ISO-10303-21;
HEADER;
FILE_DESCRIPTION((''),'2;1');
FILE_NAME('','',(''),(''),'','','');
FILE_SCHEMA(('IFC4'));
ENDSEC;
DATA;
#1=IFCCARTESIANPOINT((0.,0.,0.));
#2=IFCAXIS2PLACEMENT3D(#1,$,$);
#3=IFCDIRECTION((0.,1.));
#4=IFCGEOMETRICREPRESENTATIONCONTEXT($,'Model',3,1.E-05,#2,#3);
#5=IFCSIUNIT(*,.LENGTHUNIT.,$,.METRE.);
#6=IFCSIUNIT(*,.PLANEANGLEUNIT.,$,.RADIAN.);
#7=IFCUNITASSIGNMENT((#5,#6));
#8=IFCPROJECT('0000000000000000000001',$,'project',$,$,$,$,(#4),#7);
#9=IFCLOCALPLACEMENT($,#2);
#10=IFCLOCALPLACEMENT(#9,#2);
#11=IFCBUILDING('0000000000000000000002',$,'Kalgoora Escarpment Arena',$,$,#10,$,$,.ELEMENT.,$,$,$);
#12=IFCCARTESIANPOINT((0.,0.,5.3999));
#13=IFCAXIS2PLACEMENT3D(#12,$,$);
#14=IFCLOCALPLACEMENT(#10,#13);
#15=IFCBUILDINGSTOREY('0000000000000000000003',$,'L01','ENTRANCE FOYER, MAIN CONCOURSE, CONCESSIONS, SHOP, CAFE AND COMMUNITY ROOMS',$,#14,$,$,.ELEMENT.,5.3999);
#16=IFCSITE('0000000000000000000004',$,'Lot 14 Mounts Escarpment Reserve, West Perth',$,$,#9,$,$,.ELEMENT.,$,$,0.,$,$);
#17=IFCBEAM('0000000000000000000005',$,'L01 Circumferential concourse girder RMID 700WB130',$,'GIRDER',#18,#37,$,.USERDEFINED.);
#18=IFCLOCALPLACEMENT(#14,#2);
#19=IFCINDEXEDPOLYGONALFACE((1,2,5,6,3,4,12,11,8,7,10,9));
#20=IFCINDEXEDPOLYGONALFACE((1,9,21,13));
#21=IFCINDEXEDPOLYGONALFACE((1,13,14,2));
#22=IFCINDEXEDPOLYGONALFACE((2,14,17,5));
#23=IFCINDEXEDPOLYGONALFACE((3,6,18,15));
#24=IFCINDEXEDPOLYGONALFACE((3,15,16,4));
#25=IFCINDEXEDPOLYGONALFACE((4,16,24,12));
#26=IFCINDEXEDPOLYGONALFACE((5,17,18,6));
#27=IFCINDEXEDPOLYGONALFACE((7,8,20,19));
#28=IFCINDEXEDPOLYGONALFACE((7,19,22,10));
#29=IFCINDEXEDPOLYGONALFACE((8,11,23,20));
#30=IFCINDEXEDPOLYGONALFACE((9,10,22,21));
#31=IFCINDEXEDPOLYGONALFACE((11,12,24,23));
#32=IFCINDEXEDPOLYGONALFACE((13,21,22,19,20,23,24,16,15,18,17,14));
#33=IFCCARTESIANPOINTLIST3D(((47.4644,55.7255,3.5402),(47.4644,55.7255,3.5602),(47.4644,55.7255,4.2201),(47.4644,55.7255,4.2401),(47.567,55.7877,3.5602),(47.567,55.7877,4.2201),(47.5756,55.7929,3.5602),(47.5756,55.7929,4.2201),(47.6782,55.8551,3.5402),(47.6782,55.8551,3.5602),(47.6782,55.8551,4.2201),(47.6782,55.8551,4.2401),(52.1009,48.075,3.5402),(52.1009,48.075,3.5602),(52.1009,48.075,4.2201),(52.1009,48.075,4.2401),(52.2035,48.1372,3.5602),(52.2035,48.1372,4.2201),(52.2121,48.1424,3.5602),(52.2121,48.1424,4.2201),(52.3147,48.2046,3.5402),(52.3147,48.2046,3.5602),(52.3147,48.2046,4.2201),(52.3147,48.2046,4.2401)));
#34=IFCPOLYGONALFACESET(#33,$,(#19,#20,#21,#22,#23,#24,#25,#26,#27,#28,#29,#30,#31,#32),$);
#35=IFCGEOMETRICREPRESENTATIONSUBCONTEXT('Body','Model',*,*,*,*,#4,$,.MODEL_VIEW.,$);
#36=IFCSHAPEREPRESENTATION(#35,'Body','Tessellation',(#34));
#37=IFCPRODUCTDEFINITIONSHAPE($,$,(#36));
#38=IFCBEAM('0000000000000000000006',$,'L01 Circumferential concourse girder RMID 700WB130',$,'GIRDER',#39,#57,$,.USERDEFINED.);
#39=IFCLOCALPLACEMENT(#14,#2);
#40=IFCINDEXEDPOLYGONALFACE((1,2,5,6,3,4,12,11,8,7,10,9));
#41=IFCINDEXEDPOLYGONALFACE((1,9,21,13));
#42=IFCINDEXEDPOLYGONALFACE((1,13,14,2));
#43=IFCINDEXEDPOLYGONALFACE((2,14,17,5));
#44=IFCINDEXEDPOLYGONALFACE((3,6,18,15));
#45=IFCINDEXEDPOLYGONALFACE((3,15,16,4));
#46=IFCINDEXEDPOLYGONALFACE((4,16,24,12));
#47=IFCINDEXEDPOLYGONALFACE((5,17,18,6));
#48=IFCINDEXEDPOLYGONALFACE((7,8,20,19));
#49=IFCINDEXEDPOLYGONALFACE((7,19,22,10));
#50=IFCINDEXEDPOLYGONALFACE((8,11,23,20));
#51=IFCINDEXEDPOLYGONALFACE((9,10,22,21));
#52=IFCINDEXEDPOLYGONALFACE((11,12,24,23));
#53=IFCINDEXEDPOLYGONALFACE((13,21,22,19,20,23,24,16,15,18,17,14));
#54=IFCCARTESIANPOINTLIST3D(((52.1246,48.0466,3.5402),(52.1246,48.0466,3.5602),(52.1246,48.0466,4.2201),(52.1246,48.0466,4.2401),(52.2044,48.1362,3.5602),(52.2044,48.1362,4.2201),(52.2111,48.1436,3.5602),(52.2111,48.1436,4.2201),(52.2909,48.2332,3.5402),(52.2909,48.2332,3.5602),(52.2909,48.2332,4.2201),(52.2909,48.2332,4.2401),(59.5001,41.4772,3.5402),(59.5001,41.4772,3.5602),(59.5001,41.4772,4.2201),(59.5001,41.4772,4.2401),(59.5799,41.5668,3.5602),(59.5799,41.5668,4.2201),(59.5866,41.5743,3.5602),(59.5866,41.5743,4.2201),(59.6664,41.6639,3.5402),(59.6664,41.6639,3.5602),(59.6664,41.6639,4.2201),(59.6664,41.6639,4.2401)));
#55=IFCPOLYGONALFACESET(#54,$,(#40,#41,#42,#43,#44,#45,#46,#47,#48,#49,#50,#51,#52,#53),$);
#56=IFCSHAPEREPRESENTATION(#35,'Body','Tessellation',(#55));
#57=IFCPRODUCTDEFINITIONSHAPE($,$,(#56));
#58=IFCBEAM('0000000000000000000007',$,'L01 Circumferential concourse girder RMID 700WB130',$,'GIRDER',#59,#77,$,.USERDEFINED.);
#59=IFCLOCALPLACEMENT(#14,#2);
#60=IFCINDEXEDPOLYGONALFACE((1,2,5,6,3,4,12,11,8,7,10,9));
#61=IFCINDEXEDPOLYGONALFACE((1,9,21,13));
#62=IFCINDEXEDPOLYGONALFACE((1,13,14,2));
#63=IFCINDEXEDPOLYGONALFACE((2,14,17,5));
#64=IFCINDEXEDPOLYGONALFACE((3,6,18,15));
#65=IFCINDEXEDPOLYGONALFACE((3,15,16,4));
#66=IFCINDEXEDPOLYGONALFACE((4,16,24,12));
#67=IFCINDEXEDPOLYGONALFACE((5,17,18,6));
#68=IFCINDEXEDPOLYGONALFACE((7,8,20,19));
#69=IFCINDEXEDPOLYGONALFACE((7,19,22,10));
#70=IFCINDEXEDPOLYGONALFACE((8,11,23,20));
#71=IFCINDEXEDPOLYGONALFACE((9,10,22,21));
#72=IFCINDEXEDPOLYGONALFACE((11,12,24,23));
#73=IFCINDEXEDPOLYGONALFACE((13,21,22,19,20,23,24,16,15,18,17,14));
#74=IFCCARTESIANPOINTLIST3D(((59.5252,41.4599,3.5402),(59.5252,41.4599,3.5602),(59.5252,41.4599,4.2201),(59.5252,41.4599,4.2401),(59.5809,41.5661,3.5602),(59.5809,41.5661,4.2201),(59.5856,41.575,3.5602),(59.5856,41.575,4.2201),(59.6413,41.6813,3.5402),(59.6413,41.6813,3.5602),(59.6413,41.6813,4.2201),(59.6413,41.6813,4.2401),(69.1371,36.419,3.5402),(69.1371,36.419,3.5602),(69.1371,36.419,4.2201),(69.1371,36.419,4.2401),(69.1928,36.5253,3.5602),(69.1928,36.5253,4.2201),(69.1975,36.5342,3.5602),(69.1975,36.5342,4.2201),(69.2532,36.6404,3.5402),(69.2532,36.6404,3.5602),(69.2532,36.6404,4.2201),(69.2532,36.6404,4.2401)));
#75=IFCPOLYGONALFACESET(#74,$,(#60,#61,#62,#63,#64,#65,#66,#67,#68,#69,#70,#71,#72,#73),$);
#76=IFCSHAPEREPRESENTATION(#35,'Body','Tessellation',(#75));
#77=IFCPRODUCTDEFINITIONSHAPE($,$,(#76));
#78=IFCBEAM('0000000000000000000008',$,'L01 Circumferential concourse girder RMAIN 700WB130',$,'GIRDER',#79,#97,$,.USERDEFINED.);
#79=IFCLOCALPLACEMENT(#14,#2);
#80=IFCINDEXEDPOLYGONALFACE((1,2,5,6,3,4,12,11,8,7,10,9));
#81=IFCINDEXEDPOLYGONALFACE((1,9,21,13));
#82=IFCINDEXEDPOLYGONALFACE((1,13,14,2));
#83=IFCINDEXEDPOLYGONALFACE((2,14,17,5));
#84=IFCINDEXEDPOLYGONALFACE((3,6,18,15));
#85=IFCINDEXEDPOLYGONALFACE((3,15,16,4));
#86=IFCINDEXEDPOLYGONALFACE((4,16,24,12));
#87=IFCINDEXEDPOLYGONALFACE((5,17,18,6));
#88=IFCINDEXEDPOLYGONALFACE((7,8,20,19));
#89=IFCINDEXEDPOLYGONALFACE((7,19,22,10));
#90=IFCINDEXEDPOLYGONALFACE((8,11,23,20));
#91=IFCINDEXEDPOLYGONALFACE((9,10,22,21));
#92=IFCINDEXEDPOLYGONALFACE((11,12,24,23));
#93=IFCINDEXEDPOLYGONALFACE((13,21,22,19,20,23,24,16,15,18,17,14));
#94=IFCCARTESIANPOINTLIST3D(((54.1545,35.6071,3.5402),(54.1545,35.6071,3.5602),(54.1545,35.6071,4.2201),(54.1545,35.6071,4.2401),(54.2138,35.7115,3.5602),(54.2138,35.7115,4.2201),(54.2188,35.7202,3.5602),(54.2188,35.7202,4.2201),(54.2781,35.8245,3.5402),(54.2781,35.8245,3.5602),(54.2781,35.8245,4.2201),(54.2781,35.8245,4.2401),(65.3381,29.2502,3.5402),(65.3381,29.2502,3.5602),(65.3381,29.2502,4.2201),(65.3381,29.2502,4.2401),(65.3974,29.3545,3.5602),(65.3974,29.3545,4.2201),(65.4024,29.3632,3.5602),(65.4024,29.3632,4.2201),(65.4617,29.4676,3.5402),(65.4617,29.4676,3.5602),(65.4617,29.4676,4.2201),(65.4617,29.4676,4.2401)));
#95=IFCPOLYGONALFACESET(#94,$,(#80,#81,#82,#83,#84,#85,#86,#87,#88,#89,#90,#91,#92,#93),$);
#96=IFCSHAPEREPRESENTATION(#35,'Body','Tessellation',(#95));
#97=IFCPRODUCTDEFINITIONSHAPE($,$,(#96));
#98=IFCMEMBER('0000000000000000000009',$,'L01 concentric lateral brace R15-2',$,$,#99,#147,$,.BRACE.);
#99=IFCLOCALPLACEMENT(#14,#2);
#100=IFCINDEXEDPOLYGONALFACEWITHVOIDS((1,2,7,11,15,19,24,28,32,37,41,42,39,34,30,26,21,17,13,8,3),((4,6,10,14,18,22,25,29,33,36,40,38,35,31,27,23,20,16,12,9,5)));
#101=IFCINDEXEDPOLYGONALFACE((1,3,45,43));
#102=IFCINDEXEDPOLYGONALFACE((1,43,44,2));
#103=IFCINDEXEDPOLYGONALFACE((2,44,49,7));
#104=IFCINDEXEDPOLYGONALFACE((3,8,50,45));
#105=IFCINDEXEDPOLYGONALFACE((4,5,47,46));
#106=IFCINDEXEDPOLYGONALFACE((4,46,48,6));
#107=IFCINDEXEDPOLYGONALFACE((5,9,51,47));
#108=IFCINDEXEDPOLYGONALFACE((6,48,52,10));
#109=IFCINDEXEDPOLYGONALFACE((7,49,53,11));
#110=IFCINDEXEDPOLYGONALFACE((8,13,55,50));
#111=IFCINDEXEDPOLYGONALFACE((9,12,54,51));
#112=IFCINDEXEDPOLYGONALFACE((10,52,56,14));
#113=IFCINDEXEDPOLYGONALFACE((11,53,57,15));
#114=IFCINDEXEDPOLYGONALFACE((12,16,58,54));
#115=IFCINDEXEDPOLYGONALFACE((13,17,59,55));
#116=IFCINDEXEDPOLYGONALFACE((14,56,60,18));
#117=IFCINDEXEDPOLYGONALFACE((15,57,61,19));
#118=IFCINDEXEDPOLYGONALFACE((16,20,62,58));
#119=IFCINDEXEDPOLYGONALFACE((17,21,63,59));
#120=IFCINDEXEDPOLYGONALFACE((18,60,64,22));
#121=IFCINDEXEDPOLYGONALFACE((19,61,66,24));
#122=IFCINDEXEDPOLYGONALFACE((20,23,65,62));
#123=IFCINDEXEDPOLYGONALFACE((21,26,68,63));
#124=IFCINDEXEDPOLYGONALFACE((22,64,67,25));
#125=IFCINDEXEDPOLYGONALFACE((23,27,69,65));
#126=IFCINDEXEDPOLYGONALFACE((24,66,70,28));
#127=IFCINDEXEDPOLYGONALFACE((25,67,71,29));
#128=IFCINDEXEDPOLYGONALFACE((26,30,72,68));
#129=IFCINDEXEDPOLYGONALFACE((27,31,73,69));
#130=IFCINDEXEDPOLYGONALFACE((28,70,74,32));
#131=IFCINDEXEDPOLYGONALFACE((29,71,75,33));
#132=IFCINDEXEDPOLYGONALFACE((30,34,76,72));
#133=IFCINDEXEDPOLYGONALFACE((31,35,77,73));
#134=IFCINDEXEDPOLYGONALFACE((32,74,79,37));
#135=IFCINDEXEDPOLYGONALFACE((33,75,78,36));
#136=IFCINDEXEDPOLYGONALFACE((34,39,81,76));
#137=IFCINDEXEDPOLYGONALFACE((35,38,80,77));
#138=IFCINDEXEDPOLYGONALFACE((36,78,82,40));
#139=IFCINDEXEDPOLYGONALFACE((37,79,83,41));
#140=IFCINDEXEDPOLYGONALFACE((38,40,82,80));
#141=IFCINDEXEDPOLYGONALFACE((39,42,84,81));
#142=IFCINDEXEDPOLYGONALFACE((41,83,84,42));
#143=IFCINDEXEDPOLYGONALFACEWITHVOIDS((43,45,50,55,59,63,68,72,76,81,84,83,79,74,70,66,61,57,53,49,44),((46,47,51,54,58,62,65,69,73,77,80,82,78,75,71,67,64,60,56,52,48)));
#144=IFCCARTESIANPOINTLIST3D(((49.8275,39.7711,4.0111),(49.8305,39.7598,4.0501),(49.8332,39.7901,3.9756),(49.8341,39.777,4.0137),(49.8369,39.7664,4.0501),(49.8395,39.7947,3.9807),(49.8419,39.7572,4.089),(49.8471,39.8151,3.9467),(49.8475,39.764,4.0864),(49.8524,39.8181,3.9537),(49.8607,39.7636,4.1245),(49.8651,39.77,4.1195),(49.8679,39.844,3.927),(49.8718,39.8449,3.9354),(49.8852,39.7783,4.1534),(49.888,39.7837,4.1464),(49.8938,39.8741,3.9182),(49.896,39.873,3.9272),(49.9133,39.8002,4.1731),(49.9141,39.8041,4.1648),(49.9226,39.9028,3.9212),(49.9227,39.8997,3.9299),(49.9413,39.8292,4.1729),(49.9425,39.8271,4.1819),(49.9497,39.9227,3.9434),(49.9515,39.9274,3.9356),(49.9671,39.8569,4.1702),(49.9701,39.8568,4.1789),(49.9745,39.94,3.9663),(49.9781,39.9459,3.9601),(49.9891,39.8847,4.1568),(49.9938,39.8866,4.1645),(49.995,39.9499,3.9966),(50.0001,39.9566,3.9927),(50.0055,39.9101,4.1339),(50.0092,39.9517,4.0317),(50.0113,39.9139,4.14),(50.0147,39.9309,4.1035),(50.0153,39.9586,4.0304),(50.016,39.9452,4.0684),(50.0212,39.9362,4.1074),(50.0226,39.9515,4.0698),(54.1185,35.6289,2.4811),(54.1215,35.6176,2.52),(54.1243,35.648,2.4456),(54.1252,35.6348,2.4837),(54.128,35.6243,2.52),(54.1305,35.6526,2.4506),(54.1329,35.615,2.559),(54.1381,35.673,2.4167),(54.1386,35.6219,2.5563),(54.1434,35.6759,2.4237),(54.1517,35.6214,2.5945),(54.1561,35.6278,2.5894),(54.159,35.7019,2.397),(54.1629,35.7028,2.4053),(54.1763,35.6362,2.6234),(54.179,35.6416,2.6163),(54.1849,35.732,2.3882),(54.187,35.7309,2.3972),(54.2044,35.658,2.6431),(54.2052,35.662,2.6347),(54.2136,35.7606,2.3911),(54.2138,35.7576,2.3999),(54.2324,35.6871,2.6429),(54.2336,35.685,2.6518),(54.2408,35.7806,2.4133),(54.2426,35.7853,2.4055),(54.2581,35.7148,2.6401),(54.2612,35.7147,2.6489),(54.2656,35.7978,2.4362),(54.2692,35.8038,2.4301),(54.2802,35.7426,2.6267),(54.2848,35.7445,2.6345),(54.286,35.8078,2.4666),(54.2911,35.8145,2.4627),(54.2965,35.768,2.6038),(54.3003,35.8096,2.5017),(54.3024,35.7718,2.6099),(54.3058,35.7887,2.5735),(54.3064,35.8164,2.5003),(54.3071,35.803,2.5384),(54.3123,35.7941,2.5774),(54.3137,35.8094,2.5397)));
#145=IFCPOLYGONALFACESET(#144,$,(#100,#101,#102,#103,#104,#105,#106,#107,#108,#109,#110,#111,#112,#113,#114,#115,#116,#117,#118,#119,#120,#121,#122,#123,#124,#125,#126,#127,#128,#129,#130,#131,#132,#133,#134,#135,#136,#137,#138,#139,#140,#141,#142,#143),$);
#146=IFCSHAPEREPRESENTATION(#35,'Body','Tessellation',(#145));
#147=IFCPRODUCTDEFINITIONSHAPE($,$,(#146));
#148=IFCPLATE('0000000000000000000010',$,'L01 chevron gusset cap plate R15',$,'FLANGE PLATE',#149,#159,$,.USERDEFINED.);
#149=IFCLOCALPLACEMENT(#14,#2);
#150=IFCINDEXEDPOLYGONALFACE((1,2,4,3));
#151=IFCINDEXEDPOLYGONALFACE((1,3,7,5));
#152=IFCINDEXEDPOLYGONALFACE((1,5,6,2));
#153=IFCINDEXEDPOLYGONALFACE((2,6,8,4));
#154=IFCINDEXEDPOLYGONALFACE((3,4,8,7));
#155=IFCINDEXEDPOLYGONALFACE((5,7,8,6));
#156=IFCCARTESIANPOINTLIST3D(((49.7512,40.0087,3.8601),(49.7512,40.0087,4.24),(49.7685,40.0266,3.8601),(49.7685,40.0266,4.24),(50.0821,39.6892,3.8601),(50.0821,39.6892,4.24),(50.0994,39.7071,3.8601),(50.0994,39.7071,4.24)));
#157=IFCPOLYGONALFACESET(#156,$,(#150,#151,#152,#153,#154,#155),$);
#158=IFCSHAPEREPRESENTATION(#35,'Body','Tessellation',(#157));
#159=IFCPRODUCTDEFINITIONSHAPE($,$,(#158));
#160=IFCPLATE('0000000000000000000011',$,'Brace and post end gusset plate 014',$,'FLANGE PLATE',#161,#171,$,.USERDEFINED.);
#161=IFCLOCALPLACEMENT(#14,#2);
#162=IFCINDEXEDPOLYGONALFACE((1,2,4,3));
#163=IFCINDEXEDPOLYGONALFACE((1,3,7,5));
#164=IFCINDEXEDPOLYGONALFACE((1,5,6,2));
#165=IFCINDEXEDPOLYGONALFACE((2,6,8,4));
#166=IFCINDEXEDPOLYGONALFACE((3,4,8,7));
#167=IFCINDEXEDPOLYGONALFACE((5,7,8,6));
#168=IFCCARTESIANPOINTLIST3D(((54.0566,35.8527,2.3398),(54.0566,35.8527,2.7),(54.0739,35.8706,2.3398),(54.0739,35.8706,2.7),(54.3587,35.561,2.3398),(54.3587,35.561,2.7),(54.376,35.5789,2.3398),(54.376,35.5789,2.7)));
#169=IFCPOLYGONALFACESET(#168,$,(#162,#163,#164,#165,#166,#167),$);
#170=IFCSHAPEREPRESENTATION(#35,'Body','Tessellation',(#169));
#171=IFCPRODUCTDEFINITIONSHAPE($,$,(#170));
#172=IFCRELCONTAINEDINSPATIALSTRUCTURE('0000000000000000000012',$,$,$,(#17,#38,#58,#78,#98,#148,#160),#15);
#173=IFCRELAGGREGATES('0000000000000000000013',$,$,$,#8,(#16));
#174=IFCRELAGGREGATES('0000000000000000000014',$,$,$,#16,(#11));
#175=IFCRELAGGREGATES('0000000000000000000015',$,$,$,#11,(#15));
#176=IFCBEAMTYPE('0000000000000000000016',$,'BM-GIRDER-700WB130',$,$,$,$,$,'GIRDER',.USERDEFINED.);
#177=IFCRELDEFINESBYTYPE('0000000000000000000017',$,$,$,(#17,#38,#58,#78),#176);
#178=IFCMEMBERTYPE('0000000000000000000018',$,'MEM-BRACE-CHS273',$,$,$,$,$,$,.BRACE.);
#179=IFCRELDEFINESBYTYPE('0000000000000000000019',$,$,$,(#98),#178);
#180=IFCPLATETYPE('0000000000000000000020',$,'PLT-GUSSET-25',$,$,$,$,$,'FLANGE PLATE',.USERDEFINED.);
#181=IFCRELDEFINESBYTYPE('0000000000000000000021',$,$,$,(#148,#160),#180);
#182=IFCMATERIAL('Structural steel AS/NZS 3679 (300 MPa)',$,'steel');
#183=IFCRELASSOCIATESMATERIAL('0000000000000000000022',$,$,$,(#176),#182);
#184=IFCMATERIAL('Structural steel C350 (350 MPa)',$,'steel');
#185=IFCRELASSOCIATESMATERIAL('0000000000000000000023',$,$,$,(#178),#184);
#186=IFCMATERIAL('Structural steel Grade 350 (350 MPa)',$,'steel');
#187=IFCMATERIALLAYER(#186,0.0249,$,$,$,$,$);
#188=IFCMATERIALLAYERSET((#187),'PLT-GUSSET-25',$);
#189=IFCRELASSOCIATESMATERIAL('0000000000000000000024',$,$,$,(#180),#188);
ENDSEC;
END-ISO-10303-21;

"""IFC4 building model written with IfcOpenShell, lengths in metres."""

from ifc_helpers import new_model, si_unit, direction, frame, origin, origin_2d, place, context, subcontext, project, spatial, rectangle, hollow_circle, i_section, extrude, material, layer, layer_set, material_profile, profile_set, type_object, element, save


model = new_model("IFC4")

# Units and contexts
model_context = context("Model", 3, precision=1e-05, world=origin(), true_north=direction((0.0, 1.0)))
body_context = subcontext(model_context, "Body", "Model", "MODEL_VIEW")
ifc_project = project(units=[si_unit("LENGTHUNIT", "METRE"), si_unit("PLANEANGLEUNIT", "RADIAN")], contexts=[model_context])

# Site, building, storey
site_placement = place(None, origin())
site = spatial("IfcSite", under=ifc_project, at=site_placement, Name="Lot 14 Mounts Escarpment Reserve, West Perth", CompositionType="ELEMENT", RefElevation=0.0)
building_placement = place(site_placement, origin())
building = spatial("IfcBuilding", under=site, at=building_placement, Name="Kalgoora Escarpment Arena", CompositionType="ELEMENT")
storey_placement = place(building_placement, frame((0.0, 0.0, 5.3999)))
storey = spatial("IfcBuildingStorey", under=building, at=storey_placement, Name="L01", Description="ENTRANCE FOYER, MAIN CONCOURSE, CONCESSIONS, SHOP, CAFE AND COMMUNITY ROOMS", CompositionType="ELEMENT", Elevation=5.3999)

# Beams
ifc_material_1 = material(Name="Structural steel AS/NZS 3679 (300 MPa)", Category="steel")
ifc_material_profile_1 = material_profile(ifc_material_1, i_section(OverallWidth=0.25, OverallDepth=0.7, WebThickness=0.01, FlangeThickness=0.02, at=origin_2d()))
ifc_profile_set_1 = profile_set([ifc_material_profile_1], Name="Structural steel AS/NZS 3679 (300 MPa)")
beam_type_1 = type_object("IfcBeamType", Name="BM-GIRDER-700WB130", ElementType="GIRDER", PredefinedType="USERDEFINED", material=ifc_profile_set_1)
beam_1_placement = place(storey_placement, frame((47.5713, 55.7903, 3.8901), z_axis=(0.518291, -0.855204, 0.0), x_axis=(0.855204, 0.518291, 0.0)))
element("IfcBeam", 1, at=beam_1_placement, inside=storey, type_object=beam_type_1, Name="L01 Circumferential concourse girder RMID 700WB130", ObjectType="GIRDER", PredefinedType="USERDEFINED", context=body_context, shape_type="SweptSolid", body=[
    extrude(i_section(OverallWidth=0.25, OverallDepth=0.7, WebThickness=0.01, FlangeThickness=0.02, at=origin_2d()), origin(), (0.0, 0.0, 1.0), 8.9458),
])
beam_2_placement = place(storey_placement, frame((52.2078, 48.1399, 3.8901), z_axis=(0.746738, -0.665118, 0.0), x_axis=(0.665118, 0.746738, 0.0)))
element("IfcBeam", 2, at=beam_2_placement, inside=storey, type_object=beam_type_1, Name="L01 Circumferential concourse girder RMID 700WB130", ObjectType="GIRDER", PredefinedType="USERDEFINED", context=body_context, shape_type="SweptSolid", body=[
    extrude(i_section(OverallWidth=0.25, OverallDepth=0.7, WebThickness=0.01, FlangeThickness=0.02, at=origin_2d()), origin(), (0.0, 0.0, 1.0), 9.877),
])
beam_3_placement = place(storey_placement, frame((59.5833, 41.5706, 3.8901), z_axis=(0.885604, -0.464441, 0.0), x_axis=(0.464441, 0.885604, 0.0)))
element("IfcBeam", 3, at=beam_3_placement, inside=storey, type_object=beam_type_1, Name="L01 Circumferential concourse girder RMID 700WB130", ObjectType="GIRDER", PredefinedType="USERDEFINED", context=body_context, shape_type="SweptSolid", body=[
    extrude(i_section(OverallWidth=0.25, OverallDepth=0.7, WebThickness=0.01, FlangeThickness=0.02, at=origin_2d()), origin(), (0.0, 0.0, 1.0), 10.8535),
])
beam_4_placement = place(storey_placement, frame((54.2163, 35.7158, 3.8901), z_axis=(0.869369, -0.494163, 0.0), x_axis=(0.494163, 0.869369, 0.0)))
element("IfcBeam", 4, at=beam_4_placement, inside=storey, type_object=beam_type_1, Name="L01 Circumferential concourse girder RMAIN 700WB130", ObjectType="GIRDER", PredefinedType="USERDEFINED", context=body_context, shape_type="SweptSolid", body=[
    extrude(i_section(OverallWidth=0.25, OverallDepth=0.7, WebThickness=0.01, FlangeThickness=0.02, at=origin_2d()), origin(), (0.0, 0.0, 1.0), 12.864),
])

# Member
ifc_material_2 = material(Name="Structural steel C350 (350 MPa)", Category="steel")
ifc_material_profile_2 = material_profile(ifc_material_2, hollow_circle(Radius=0.1365, WallThickness=0.0093, at=origin_2d()))
ifc_profile_set_2 = profile_set([ifc_material_profile_2], Name="Structural steel C350 (350 MPa)")
member_type = type_object("IfcMemberType", Name="MEM-BRACE-CHS273", PredefinedType="BRACE", material=ifc_profile_set_2)
member_placement = place(storey_placement, frame((54.2163, 35.7158, 2.52), z_axis=(-0.696914, 0.672727, 0.248496), x_axis=(-0.694511, -0.719482, 0.0)))
element("IfcMember", 5, at=member_placement, inside=storey, type_object=member_type, Name="L01 concentric lateral brace R15-2", PredefinedType="BRACE", context=body_context, shape_type="SweptSolid", body=[
    extrude(hollow_circle(Radius=0.1365, WallThickness=0.0093, at=origin_2d()), origin(), (0.0, 0.0, 1.0), 6.1572),
])

# Plates
ifc_material_3 = material(Name="Structural steel Grade 350 (350 MPa)", Category="steel")
ifc_layer_1 = layer(ifc_material_3, 0.0249)
ifc_layer_set_1 = layer_set([ifc_layer_1], Name="PLT-GUSSET-25")
plate_type = type_object("IfcPlateType", Name="PLT-GUSSET-25", ElementType="FLANGE PLATE", PredefinedType="USERDEFINED", material=ifc_layer_set_1)
plate_1_placement = place(storey_placement, frame((49.9253, 39.8579, 3.8601), z_axis=(0.0, 0.0, 1.0), x_axis=(0.719461, -0.694533, 0.0)))
element("IfcPlate", 6, at=plate_1_placement, inside=storey, type_object=plate_type, Name="L01 chevron gusset cap plate R15", ObjectType="FLANGE PLATE", PredefinedType="USERDEFINED", context=body_context, shape_type="SweptSolid", body=[
    extrude(rectangle(XDim=0.46, YDim=0.0249, at=origin_2d()), origin(), (0.0, 0.0, 1.0), 0.3799),
])
plate_2_placement = place(storey_placement, frame((54.2163, 35.7158, 2.3398), z_axis=(0.0, 0.0, 1.0), x_axis=(-0.71934, 0.694658, 0.0)))
element("IfcPlate", 7, at=plate_2_placement, inside=storey, type_object=plate_type, Name="Brace and post end gusset plate 014", ObjectType="FLANGE PLATE", PredefinedType="USERDEFINED", context=body_context, shape_type="SweptSolid", body=[
    extrude(rectangle(XDim=0.4199, YDim=0.0249, at=origin_2d()), origin(), (0.0, 0.0, 1.0), 0.3601),
])

save(model, "model.ifc")
